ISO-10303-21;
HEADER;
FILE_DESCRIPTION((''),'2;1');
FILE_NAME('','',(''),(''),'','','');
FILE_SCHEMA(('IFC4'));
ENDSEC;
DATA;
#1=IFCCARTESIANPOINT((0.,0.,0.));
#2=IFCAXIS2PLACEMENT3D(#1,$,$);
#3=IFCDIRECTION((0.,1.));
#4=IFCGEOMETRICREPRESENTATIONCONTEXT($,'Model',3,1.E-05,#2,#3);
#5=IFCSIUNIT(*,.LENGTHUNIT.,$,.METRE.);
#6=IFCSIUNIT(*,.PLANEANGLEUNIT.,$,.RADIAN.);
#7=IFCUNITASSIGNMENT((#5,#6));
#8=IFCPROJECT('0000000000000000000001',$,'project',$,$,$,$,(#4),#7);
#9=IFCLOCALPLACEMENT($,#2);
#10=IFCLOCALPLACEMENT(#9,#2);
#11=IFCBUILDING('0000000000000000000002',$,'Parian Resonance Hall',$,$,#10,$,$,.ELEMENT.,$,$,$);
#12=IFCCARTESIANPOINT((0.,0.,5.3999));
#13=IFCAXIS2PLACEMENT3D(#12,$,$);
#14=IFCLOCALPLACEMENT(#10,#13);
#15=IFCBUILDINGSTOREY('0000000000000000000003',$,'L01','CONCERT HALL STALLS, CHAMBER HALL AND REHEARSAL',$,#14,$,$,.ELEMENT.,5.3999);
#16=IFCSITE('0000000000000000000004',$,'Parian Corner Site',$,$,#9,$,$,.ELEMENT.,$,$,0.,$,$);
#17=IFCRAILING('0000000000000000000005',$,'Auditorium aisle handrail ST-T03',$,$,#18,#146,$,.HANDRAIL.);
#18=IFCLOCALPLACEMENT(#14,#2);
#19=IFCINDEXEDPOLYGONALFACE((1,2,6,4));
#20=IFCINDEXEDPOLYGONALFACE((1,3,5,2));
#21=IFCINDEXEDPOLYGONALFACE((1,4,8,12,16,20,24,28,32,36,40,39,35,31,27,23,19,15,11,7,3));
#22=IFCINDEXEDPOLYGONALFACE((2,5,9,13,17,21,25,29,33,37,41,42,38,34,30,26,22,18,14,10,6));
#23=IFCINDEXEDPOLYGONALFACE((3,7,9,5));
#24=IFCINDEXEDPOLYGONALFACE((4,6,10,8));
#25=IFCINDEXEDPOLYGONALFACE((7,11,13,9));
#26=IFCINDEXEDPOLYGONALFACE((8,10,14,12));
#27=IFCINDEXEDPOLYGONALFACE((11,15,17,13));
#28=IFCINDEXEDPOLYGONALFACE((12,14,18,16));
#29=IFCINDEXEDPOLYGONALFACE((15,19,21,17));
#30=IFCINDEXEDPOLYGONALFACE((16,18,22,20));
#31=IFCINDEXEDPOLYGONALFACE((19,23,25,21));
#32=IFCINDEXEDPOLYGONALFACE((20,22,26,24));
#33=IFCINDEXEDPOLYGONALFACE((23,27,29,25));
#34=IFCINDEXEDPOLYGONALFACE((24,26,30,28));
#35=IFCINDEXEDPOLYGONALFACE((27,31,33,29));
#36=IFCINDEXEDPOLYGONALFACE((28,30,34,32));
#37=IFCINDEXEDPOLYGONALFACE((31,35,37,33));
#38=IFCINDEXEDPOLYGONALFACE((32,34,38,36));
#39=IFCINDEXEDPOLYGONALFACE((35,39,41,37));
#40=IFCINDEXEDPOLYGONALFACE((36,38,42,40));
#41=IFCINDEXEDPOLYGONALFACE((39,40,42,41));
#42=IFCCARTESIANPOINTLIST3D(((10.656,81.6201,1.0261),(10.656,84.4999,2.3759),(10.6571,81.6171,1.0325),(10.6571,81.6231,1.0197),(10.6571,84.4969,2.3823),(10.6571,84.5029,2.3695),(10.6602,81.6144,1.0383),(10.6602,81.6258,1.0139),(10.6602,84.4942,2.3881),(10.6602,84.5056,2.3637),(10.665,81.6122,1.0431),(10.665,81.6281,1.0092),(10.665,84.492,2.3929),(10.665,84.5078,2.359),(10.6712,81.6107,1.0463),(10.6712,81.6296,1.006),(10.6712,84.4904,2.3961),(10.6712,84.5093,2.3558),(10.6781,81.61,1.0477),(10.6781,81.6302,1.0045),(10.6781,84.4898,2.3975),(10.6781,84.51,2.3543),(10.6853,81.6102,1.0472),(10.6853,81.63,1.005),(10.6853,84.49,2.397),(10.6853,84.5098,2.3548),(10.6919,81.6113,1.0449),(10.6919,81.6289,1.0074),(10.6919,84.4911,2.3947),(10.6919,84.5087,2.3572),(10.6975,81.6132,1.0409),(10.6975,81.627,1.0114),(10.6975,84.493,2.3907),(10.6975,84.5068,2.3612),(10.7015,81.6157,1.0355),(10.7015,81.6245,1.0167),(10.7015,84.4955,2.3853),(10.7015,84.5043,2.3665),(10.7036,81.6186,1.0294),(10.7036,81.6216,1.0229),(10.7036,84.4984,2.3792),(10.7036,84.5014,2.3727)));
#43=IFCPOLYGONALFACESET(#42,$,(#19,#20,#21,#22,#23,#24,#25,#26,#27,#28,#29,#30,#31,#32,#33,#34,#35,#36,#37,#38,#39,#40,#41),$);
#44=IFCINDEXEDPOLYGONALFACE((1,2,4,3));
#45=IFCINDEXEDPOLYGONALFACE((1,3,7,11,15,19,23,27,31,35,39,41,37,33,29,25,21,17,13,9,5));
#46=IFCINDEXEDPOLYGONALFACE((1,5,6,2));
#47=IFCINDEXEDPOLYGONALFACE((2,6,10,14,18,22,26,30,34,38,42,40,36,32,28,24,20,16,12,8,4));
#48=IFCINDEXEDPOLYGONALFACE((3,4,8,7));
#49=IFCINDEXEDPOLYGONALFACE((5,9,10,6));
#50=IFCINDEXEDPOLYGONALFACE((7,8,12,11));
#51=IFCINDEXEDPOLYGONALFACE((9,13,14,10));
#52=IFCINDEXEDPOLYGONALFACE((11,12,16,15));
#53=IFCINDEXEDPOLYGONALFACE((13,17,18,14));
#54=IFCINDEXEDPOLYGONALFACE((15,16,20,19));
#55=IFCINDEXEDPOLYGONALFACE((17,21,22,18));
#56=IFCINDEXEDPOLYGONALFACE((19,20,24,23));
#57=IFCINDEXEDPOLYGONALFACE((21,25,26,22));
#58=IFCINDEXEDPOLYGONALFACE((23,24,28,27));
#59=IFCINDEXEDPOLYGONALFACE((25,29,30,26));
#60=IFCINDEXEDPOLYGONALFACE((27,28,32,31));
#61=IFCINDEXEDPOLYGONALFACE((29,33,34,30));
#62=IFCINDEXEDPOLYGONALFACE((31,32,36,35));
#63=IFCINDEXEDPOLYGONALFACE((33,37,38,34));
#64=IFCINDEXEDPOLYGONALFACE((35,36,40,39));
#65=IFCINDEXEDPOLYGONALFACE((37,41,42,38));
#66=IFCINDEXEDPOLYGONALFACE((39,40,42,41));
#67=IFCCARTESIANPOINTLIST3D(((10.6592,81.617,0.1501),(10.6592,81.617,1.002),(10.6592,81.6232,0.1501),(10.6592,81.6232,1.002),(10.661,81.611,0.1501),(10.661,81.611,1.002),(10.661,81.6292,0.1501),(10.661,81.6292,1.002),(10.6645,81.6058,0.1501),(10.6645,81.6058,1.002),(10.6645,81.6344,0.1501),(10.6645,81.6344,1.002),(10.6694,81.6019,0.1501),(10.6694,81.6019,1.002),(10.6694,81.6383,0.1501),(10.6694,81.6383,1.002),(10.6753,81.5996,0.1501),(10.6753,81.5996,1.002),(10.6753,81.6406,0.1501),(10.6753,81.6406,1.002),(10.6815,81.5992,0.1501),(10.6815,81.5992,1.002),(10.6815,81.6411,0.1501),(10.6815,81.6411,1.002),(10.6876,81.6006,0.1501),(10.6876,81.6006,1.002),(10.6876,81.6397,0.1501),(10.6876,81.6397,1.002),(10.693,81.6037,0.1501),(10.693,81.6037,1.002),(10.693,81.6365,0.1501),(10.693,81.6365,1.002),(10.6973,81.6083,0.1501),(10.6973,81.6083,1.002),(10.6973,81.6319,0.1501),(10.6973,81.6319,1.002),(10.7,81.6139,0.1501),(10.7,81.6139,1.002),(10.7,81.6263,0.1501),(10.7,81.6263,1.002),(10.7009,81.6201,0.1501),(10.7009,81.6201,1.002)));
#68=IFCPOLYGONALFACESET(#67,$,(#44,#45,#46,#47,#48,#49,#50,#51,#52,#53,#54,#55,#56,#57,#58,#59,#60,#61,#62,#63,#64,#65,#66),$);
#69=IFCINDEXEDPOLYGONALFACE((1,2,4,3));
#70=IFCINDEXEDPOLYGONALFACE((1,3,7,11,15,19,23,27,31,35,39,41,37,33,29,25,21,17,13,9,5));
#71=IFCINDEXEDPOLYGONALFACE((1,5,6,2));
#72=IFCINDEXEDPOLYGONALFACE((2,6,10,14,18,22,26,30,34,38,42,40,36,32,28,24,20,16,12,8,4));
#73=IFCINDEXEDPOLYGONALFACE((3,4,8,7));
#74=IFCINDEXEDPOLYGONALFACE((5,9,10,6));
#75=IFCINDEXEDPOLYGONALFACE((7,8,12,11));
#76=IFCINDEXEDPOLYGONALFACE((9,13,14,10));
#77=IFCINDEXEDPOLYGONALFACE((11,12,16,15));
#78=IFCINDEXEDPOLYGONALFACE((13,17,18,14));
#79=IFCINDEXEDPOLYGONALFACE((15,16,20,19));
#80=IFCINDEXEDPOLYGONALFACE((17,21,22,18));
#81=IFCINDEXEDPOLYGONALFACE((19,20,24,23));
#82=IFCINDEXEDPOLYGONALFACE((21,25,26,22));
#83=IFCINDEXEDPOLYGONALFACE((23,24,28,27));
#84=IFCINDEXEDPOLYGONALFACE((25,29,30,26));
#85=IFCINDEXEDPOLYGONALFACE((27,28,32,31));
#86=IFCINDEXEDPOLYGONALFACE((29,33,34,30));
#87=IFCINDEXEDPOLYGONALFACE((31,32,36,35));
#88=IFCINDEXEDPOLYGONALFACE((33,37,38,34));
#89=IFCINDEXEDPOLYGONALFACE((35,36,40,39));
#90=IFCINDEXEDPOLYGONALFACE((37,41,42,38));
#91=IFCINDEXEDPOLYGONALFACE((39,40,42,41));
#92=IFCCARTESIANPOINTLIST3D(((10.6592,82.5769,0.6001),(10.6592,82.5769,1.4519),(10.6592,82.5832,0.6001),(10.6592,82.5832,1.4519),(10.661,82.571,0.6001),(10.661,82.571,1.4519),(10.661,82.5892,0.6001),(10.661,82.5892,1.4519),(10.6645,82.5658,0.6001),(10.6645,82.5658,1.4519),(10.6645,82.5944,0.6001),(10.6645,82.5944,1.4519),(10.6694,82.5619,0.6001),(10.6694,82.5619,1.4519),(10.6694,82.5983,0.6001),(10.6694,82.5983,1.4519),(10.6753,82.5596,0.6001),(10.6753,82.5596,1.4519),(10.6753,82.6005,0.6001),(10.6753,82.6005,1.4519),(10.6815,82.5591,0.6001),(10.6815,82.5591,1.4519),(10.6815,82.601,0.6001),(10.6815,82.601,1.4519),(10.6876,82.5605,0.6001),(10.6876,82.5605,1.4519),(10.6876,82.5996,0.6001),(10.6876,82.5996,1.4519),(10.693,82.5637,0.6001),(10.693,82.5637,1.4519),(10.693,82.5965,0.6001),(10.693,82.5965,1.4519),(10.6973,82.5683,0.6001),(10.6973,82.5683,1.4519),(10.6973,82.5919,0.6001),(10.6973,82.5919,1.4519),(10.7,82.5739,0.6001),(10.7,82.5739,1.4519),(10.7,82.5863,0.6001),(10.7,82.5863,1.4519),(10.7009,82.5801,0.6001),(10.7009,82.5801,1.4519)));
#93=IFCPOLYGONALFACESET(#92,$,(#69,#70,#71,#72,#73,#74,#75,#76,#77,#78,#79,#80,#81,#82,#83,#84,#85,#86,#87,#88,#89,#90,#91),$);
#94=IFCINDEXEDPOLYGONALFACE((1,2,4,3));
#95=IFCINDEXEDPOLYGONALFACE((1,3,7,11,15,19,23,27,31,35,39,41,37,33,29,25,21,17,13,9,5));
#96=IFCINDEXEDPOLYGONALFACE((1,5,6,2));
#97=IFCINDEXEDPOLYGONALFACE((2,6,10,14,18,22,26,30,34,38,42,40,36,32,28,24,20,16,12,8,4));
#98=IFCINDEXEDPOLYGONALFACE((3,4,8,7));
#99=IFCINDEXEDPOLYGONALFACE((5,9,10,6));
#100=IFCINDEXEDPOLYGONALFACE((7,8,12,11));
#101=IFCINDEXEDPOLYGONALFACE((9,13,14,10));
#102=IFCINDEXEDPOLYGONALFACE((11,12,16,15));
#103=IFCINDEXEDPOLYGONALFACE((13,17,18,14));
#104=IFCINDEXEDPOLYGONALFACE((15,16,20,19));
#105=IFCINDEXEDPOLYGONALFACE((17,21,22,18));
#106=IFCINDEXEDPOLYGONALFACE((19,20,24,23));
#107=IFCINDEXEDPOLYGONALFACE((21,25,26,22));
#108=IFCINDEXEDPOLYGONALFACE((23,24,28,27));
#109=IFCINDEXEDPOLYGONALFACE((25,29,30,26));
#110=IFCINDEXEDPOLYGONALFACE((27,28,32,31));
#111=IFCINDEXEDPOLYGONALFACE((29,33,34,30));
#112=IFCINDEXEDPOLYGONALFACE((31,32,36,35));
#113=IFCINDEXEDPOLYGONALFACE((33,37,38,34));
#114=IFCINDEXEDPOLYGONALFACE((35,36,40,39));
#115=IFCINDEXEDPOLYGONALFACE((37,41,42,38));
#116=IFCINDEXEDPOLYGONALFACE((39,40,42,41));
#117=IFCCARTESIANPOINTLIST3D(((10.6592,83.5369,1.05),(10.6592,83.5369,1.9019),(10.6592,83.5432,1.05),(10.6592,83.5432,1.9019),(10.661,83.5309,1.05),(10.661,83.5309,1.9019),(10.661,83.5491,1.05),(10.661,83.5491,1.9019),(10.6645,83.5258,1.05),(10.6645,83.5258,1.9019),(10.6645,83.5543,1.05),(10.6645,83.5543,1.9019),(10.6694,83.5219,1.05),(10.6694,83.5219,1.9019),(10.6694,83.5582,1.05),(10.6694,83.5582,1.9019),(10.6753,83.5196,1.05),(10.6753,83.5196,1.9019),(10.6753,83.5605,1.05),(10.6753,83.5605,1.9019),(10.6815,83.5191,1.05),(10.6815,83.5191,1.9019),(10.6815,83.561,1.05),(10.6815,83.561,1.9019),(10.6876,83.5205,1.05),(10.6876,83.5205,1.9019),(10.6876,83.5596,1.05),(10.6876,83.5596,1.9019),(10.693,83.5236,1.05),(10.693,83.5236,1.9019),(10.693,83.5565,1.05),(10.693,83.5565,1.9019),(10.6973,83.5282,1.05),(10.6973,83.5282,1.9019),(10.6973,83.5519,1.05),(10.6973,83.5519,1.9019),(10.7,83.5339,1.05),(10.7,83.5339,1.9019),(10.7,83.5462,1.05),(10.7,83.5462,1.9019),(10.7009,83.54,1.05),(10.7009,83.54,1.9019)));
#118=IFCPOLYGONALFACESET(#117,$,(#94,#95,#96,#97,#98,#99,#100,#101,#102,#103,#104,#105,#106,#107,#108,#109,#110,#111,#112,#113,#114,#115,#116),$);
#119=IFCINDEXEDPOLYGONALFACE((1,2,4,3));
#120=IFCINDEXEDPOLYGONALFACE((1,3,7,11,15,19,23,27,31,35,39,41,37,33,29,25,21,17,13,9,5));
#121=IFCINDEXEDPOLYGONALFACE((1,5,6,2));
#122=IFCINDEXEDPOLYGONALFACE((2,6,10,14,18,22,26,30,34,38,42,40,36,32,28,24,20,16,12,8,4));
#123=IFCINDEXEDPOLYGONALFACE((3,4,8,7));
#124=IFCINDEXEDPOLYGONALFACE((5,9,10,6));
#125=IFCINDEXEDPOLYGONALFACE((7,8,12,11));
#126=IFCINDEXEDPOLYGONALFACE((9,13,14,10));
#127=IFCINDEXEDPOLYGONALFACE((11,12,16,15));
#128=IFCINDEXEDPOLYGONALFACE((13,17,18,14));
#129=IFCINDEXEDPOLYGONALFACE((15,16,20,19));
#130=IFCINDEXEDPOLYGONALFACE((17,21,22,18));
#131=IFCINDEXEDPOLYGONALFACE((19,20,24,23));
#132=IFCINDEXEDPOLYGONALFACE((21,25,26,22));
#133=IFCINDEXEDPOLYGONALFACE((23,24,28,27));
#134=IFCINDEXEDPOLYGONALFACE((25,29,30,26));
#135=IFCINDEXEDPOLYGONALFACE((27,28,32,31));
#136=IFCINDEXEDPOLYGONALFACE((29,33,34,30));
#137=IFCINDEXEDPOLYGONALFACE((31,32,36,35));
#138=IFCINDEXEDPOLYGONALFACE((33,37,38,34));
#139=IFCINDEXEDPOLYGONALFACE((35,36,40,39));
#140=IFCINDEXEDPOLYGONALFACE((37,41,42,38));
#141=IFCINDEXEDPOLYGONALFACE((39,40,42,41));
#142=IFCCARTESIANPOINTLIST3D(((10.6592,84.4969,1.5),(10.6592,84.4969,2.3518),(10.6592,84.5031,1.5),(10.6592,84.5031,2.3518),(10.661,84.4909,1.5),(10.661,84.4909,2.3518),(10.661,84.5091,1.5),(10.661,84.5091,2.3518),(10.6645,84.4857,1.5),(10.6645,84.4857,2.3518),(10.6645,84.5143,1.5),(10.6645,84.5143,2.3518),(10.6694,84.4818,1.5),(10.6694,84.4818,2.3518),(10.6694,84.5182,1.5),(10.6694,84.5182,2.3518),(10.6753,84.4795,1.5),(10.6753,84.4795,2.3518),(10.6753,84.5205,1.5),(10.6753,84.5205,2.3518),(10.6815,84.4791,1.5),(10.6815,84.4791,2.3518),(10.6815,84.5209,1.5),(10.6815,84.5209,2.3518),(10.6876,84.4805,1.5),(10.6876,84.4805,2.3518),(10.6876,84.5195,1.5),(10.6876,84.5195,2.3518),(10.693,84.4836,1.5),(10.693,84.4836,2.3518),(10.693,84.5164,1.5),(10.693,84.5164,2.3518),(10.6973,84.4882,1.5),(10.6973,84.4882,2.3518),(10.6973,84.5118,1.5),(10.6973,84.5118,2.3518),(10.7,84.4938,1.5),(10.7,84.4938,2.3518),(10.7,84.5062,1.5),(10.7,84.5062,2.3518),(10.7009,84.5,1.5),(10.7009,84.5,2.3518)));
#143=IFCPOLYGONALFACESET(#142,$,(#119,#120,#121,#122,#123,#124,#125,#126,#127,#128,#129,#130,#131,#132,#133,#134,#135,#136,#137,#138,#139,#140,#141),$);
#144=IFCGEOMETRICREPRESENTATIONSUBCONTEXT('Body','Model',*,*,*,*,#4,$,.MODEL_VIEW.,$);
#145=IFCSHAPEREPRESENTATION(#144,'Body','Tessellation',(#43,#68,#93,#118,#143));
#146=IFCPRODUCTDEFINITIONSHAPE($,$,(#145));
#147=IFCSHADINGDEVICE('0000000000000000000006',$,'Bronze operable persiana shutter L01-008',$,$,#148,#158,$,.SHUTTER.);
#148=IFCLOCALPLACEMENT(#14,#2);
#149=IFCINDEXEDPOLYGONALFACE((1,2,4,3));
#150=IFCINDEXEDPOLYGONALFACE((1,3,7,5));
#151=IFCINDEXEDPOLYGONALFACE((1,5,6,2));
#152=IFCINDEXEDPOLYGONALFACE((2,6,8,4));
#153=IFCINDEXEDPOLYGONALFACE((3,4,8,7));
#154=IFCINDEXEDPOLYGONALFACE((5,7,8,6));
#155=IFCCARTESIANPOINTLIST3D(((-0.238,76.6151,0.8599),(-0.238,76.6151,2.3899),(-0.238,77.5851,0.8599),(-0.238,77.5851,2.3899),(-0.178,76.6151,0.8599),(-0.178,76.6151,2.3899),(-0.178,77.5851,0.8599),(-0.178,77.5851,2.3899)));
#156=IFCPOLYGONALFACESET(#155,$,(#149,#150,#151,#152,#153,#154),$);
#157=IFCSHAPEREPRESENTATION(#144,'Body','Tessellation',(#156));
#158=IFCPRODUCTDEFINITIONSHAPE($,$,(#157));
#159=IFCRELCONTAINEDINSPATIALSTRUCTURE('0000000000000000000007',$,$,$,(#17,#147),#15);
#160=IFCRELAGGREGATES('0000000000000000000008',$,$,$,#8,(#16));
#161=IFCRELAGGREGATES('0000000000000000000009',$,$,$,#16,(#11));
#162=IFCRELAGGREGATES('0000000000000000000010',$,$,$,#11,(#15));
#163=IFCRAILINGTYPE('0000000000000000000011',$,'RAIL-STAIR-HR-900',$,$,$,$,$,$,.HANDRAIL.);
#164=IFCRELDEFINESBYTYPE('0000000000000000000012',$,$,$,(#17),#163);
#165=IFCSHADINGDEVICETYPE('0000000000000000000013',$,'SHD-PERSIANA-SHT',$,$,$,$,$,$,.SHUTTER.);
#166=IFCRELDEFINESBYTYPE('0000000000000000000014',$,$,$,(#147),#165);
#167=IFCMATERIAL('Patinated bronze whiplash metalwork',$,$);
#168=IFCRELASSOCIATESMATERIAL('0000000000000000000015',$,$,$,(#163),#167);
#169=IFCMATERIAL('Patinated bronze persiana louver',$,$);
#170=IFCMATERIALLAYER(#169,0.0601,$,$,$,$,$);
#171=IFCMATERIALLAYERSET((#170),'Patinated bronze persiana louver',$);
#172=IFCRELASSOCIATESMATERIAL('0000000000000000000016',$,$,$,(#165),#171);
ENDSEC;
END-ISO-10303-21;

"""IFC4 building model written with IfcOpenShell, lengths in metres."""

from ifc_helpers import new_model, si_unit, direction, frame, origin, origin_2d, place, context, subcontext, project, spatial, rectangle, circle, extrude, material, layer, layer_set, type_object, element, save


model = new_model("IFC4")

# Units and contexts
model_context = context("Model", 3, precision=1e-05, world=origin(), true_north=direction((0.0, 1.0)))
body_context = subcontext(model_context, "Body", "Model", "MODEL_VIEW")
ifc_project = project(units=[si_unit("LENGTHUNIT", "METRE"), si_unit("PLANEANGLEUNIT", "RADIAN")], contexts=[model_context])

# Site, building, storey
site_placement = place(None, origin())
site = spatial("IfcSite", under=ifc_project, at=site_placement, Name="Parian Corner Site", CompositionType="ELEMENT", RefElevation=0.0)
building_placement = place(site_placement, origin())
building = spatial("IfcBuilding", under=site, at=building_placement, Name="Parian Resonance Hall", CompositionType="ELEMENT")
storey_placement = place(building_placement, frame((0.0, 0.0, 5.3999)))
storey = spatial("IfcBuildingStorey", under=building, at=storey_placement, Name="L01", Description="CONCERT HALL STALLS, CHAMBER HALL AND REHEARSAL", CompositionType="ELEMENT", Elevation=5.3999)

# Railing
ifc_material_1 = material(Name="Patinated bronze whiplash metalwork")
railing_type_1 = type_object("IfcRailingType", Name="RAIL-STAIR-HR-900", PredefinedType="HANDRAIL", material=ifc_material_1)
railing_1_placement = place(storey_placement, frame((10.6799, 81.6201, 0.1501)))
element("IfcRailing", 1, at=railing_1_placement, inside=storey, type_object=railing_type_1, Name="Auditorium aisle handrail ST-T03", PredefinedType="HANDRAIL", context=body_context, shape_type="SweptSolid", body=[
    extrude(circle(Radius=0.0239, at=origin_2d()), frame((0.0, 0.0, 0.876), z_axis=(0.0, 0.90547, 0.42441), x_axis=(-1.0, 0.0, 0.0)), (0.0, 0.0, 1.0), 3.1804),
    extrude(circle(Radius=0.021, at=origin_2d()), origin(), (0.0, 0.0, 1.0), 0.8518),
    extrude(circle(Radius=0.021, at=origin_2d()), frame((0.0, 0.96, 0.45)), (0.0, 0.0, 1.0), 0.8518),
    extrude(circle(Radius=0.021, at=origin_2d()), frame((0.0, 1.9199, 0.8999)), (0.0, 0.0, 1.0), 0.8518),
    extrude(circle(Radius=0.021, at=origin_2d()), frame((0.0, 2.8799, 1.3499)), (0.0, 0.0, 1.0), 0.8518),
])

# Shading device
ifc_material_2 = material(Name="Patinated bronze persiana louver")
ifc_layer_1 = layer(ifc_material_2, 0.0601)
ifc_layer_set_1 = layer_set([ifc_layer_1], Name="Patinated bronze persiana louver")
shading_device_type = type_object("IfcShadingDeviceType", Name="SHD-PERSIANA-SHT", PredefinedType="SHUTTER", material=ifc_layer_set_1)
shading_device_placement = place(storey_placement, frame((-0.208, 77.1001, 0.8599), z_axis=(0.0, 0.0, 1.0), x_axis=(0.0, 1.0, 0.0)))
element("IfcShadingDevice", 2, at=shading_device_placement, inside=storey, type_object=shading_device_type, Name="Bronze operable persiana shutter L01-008", PredefinedType="SHUTTER", context=body_context, shape_type="SweptSolid", body=[
    extrude(rectangle(XDim=0.97, YDim=0.0601, at=origin_2d()), origin(), (0.0, 0.0, 1.0), 1.53),
])

save(model, "model.ifc")
